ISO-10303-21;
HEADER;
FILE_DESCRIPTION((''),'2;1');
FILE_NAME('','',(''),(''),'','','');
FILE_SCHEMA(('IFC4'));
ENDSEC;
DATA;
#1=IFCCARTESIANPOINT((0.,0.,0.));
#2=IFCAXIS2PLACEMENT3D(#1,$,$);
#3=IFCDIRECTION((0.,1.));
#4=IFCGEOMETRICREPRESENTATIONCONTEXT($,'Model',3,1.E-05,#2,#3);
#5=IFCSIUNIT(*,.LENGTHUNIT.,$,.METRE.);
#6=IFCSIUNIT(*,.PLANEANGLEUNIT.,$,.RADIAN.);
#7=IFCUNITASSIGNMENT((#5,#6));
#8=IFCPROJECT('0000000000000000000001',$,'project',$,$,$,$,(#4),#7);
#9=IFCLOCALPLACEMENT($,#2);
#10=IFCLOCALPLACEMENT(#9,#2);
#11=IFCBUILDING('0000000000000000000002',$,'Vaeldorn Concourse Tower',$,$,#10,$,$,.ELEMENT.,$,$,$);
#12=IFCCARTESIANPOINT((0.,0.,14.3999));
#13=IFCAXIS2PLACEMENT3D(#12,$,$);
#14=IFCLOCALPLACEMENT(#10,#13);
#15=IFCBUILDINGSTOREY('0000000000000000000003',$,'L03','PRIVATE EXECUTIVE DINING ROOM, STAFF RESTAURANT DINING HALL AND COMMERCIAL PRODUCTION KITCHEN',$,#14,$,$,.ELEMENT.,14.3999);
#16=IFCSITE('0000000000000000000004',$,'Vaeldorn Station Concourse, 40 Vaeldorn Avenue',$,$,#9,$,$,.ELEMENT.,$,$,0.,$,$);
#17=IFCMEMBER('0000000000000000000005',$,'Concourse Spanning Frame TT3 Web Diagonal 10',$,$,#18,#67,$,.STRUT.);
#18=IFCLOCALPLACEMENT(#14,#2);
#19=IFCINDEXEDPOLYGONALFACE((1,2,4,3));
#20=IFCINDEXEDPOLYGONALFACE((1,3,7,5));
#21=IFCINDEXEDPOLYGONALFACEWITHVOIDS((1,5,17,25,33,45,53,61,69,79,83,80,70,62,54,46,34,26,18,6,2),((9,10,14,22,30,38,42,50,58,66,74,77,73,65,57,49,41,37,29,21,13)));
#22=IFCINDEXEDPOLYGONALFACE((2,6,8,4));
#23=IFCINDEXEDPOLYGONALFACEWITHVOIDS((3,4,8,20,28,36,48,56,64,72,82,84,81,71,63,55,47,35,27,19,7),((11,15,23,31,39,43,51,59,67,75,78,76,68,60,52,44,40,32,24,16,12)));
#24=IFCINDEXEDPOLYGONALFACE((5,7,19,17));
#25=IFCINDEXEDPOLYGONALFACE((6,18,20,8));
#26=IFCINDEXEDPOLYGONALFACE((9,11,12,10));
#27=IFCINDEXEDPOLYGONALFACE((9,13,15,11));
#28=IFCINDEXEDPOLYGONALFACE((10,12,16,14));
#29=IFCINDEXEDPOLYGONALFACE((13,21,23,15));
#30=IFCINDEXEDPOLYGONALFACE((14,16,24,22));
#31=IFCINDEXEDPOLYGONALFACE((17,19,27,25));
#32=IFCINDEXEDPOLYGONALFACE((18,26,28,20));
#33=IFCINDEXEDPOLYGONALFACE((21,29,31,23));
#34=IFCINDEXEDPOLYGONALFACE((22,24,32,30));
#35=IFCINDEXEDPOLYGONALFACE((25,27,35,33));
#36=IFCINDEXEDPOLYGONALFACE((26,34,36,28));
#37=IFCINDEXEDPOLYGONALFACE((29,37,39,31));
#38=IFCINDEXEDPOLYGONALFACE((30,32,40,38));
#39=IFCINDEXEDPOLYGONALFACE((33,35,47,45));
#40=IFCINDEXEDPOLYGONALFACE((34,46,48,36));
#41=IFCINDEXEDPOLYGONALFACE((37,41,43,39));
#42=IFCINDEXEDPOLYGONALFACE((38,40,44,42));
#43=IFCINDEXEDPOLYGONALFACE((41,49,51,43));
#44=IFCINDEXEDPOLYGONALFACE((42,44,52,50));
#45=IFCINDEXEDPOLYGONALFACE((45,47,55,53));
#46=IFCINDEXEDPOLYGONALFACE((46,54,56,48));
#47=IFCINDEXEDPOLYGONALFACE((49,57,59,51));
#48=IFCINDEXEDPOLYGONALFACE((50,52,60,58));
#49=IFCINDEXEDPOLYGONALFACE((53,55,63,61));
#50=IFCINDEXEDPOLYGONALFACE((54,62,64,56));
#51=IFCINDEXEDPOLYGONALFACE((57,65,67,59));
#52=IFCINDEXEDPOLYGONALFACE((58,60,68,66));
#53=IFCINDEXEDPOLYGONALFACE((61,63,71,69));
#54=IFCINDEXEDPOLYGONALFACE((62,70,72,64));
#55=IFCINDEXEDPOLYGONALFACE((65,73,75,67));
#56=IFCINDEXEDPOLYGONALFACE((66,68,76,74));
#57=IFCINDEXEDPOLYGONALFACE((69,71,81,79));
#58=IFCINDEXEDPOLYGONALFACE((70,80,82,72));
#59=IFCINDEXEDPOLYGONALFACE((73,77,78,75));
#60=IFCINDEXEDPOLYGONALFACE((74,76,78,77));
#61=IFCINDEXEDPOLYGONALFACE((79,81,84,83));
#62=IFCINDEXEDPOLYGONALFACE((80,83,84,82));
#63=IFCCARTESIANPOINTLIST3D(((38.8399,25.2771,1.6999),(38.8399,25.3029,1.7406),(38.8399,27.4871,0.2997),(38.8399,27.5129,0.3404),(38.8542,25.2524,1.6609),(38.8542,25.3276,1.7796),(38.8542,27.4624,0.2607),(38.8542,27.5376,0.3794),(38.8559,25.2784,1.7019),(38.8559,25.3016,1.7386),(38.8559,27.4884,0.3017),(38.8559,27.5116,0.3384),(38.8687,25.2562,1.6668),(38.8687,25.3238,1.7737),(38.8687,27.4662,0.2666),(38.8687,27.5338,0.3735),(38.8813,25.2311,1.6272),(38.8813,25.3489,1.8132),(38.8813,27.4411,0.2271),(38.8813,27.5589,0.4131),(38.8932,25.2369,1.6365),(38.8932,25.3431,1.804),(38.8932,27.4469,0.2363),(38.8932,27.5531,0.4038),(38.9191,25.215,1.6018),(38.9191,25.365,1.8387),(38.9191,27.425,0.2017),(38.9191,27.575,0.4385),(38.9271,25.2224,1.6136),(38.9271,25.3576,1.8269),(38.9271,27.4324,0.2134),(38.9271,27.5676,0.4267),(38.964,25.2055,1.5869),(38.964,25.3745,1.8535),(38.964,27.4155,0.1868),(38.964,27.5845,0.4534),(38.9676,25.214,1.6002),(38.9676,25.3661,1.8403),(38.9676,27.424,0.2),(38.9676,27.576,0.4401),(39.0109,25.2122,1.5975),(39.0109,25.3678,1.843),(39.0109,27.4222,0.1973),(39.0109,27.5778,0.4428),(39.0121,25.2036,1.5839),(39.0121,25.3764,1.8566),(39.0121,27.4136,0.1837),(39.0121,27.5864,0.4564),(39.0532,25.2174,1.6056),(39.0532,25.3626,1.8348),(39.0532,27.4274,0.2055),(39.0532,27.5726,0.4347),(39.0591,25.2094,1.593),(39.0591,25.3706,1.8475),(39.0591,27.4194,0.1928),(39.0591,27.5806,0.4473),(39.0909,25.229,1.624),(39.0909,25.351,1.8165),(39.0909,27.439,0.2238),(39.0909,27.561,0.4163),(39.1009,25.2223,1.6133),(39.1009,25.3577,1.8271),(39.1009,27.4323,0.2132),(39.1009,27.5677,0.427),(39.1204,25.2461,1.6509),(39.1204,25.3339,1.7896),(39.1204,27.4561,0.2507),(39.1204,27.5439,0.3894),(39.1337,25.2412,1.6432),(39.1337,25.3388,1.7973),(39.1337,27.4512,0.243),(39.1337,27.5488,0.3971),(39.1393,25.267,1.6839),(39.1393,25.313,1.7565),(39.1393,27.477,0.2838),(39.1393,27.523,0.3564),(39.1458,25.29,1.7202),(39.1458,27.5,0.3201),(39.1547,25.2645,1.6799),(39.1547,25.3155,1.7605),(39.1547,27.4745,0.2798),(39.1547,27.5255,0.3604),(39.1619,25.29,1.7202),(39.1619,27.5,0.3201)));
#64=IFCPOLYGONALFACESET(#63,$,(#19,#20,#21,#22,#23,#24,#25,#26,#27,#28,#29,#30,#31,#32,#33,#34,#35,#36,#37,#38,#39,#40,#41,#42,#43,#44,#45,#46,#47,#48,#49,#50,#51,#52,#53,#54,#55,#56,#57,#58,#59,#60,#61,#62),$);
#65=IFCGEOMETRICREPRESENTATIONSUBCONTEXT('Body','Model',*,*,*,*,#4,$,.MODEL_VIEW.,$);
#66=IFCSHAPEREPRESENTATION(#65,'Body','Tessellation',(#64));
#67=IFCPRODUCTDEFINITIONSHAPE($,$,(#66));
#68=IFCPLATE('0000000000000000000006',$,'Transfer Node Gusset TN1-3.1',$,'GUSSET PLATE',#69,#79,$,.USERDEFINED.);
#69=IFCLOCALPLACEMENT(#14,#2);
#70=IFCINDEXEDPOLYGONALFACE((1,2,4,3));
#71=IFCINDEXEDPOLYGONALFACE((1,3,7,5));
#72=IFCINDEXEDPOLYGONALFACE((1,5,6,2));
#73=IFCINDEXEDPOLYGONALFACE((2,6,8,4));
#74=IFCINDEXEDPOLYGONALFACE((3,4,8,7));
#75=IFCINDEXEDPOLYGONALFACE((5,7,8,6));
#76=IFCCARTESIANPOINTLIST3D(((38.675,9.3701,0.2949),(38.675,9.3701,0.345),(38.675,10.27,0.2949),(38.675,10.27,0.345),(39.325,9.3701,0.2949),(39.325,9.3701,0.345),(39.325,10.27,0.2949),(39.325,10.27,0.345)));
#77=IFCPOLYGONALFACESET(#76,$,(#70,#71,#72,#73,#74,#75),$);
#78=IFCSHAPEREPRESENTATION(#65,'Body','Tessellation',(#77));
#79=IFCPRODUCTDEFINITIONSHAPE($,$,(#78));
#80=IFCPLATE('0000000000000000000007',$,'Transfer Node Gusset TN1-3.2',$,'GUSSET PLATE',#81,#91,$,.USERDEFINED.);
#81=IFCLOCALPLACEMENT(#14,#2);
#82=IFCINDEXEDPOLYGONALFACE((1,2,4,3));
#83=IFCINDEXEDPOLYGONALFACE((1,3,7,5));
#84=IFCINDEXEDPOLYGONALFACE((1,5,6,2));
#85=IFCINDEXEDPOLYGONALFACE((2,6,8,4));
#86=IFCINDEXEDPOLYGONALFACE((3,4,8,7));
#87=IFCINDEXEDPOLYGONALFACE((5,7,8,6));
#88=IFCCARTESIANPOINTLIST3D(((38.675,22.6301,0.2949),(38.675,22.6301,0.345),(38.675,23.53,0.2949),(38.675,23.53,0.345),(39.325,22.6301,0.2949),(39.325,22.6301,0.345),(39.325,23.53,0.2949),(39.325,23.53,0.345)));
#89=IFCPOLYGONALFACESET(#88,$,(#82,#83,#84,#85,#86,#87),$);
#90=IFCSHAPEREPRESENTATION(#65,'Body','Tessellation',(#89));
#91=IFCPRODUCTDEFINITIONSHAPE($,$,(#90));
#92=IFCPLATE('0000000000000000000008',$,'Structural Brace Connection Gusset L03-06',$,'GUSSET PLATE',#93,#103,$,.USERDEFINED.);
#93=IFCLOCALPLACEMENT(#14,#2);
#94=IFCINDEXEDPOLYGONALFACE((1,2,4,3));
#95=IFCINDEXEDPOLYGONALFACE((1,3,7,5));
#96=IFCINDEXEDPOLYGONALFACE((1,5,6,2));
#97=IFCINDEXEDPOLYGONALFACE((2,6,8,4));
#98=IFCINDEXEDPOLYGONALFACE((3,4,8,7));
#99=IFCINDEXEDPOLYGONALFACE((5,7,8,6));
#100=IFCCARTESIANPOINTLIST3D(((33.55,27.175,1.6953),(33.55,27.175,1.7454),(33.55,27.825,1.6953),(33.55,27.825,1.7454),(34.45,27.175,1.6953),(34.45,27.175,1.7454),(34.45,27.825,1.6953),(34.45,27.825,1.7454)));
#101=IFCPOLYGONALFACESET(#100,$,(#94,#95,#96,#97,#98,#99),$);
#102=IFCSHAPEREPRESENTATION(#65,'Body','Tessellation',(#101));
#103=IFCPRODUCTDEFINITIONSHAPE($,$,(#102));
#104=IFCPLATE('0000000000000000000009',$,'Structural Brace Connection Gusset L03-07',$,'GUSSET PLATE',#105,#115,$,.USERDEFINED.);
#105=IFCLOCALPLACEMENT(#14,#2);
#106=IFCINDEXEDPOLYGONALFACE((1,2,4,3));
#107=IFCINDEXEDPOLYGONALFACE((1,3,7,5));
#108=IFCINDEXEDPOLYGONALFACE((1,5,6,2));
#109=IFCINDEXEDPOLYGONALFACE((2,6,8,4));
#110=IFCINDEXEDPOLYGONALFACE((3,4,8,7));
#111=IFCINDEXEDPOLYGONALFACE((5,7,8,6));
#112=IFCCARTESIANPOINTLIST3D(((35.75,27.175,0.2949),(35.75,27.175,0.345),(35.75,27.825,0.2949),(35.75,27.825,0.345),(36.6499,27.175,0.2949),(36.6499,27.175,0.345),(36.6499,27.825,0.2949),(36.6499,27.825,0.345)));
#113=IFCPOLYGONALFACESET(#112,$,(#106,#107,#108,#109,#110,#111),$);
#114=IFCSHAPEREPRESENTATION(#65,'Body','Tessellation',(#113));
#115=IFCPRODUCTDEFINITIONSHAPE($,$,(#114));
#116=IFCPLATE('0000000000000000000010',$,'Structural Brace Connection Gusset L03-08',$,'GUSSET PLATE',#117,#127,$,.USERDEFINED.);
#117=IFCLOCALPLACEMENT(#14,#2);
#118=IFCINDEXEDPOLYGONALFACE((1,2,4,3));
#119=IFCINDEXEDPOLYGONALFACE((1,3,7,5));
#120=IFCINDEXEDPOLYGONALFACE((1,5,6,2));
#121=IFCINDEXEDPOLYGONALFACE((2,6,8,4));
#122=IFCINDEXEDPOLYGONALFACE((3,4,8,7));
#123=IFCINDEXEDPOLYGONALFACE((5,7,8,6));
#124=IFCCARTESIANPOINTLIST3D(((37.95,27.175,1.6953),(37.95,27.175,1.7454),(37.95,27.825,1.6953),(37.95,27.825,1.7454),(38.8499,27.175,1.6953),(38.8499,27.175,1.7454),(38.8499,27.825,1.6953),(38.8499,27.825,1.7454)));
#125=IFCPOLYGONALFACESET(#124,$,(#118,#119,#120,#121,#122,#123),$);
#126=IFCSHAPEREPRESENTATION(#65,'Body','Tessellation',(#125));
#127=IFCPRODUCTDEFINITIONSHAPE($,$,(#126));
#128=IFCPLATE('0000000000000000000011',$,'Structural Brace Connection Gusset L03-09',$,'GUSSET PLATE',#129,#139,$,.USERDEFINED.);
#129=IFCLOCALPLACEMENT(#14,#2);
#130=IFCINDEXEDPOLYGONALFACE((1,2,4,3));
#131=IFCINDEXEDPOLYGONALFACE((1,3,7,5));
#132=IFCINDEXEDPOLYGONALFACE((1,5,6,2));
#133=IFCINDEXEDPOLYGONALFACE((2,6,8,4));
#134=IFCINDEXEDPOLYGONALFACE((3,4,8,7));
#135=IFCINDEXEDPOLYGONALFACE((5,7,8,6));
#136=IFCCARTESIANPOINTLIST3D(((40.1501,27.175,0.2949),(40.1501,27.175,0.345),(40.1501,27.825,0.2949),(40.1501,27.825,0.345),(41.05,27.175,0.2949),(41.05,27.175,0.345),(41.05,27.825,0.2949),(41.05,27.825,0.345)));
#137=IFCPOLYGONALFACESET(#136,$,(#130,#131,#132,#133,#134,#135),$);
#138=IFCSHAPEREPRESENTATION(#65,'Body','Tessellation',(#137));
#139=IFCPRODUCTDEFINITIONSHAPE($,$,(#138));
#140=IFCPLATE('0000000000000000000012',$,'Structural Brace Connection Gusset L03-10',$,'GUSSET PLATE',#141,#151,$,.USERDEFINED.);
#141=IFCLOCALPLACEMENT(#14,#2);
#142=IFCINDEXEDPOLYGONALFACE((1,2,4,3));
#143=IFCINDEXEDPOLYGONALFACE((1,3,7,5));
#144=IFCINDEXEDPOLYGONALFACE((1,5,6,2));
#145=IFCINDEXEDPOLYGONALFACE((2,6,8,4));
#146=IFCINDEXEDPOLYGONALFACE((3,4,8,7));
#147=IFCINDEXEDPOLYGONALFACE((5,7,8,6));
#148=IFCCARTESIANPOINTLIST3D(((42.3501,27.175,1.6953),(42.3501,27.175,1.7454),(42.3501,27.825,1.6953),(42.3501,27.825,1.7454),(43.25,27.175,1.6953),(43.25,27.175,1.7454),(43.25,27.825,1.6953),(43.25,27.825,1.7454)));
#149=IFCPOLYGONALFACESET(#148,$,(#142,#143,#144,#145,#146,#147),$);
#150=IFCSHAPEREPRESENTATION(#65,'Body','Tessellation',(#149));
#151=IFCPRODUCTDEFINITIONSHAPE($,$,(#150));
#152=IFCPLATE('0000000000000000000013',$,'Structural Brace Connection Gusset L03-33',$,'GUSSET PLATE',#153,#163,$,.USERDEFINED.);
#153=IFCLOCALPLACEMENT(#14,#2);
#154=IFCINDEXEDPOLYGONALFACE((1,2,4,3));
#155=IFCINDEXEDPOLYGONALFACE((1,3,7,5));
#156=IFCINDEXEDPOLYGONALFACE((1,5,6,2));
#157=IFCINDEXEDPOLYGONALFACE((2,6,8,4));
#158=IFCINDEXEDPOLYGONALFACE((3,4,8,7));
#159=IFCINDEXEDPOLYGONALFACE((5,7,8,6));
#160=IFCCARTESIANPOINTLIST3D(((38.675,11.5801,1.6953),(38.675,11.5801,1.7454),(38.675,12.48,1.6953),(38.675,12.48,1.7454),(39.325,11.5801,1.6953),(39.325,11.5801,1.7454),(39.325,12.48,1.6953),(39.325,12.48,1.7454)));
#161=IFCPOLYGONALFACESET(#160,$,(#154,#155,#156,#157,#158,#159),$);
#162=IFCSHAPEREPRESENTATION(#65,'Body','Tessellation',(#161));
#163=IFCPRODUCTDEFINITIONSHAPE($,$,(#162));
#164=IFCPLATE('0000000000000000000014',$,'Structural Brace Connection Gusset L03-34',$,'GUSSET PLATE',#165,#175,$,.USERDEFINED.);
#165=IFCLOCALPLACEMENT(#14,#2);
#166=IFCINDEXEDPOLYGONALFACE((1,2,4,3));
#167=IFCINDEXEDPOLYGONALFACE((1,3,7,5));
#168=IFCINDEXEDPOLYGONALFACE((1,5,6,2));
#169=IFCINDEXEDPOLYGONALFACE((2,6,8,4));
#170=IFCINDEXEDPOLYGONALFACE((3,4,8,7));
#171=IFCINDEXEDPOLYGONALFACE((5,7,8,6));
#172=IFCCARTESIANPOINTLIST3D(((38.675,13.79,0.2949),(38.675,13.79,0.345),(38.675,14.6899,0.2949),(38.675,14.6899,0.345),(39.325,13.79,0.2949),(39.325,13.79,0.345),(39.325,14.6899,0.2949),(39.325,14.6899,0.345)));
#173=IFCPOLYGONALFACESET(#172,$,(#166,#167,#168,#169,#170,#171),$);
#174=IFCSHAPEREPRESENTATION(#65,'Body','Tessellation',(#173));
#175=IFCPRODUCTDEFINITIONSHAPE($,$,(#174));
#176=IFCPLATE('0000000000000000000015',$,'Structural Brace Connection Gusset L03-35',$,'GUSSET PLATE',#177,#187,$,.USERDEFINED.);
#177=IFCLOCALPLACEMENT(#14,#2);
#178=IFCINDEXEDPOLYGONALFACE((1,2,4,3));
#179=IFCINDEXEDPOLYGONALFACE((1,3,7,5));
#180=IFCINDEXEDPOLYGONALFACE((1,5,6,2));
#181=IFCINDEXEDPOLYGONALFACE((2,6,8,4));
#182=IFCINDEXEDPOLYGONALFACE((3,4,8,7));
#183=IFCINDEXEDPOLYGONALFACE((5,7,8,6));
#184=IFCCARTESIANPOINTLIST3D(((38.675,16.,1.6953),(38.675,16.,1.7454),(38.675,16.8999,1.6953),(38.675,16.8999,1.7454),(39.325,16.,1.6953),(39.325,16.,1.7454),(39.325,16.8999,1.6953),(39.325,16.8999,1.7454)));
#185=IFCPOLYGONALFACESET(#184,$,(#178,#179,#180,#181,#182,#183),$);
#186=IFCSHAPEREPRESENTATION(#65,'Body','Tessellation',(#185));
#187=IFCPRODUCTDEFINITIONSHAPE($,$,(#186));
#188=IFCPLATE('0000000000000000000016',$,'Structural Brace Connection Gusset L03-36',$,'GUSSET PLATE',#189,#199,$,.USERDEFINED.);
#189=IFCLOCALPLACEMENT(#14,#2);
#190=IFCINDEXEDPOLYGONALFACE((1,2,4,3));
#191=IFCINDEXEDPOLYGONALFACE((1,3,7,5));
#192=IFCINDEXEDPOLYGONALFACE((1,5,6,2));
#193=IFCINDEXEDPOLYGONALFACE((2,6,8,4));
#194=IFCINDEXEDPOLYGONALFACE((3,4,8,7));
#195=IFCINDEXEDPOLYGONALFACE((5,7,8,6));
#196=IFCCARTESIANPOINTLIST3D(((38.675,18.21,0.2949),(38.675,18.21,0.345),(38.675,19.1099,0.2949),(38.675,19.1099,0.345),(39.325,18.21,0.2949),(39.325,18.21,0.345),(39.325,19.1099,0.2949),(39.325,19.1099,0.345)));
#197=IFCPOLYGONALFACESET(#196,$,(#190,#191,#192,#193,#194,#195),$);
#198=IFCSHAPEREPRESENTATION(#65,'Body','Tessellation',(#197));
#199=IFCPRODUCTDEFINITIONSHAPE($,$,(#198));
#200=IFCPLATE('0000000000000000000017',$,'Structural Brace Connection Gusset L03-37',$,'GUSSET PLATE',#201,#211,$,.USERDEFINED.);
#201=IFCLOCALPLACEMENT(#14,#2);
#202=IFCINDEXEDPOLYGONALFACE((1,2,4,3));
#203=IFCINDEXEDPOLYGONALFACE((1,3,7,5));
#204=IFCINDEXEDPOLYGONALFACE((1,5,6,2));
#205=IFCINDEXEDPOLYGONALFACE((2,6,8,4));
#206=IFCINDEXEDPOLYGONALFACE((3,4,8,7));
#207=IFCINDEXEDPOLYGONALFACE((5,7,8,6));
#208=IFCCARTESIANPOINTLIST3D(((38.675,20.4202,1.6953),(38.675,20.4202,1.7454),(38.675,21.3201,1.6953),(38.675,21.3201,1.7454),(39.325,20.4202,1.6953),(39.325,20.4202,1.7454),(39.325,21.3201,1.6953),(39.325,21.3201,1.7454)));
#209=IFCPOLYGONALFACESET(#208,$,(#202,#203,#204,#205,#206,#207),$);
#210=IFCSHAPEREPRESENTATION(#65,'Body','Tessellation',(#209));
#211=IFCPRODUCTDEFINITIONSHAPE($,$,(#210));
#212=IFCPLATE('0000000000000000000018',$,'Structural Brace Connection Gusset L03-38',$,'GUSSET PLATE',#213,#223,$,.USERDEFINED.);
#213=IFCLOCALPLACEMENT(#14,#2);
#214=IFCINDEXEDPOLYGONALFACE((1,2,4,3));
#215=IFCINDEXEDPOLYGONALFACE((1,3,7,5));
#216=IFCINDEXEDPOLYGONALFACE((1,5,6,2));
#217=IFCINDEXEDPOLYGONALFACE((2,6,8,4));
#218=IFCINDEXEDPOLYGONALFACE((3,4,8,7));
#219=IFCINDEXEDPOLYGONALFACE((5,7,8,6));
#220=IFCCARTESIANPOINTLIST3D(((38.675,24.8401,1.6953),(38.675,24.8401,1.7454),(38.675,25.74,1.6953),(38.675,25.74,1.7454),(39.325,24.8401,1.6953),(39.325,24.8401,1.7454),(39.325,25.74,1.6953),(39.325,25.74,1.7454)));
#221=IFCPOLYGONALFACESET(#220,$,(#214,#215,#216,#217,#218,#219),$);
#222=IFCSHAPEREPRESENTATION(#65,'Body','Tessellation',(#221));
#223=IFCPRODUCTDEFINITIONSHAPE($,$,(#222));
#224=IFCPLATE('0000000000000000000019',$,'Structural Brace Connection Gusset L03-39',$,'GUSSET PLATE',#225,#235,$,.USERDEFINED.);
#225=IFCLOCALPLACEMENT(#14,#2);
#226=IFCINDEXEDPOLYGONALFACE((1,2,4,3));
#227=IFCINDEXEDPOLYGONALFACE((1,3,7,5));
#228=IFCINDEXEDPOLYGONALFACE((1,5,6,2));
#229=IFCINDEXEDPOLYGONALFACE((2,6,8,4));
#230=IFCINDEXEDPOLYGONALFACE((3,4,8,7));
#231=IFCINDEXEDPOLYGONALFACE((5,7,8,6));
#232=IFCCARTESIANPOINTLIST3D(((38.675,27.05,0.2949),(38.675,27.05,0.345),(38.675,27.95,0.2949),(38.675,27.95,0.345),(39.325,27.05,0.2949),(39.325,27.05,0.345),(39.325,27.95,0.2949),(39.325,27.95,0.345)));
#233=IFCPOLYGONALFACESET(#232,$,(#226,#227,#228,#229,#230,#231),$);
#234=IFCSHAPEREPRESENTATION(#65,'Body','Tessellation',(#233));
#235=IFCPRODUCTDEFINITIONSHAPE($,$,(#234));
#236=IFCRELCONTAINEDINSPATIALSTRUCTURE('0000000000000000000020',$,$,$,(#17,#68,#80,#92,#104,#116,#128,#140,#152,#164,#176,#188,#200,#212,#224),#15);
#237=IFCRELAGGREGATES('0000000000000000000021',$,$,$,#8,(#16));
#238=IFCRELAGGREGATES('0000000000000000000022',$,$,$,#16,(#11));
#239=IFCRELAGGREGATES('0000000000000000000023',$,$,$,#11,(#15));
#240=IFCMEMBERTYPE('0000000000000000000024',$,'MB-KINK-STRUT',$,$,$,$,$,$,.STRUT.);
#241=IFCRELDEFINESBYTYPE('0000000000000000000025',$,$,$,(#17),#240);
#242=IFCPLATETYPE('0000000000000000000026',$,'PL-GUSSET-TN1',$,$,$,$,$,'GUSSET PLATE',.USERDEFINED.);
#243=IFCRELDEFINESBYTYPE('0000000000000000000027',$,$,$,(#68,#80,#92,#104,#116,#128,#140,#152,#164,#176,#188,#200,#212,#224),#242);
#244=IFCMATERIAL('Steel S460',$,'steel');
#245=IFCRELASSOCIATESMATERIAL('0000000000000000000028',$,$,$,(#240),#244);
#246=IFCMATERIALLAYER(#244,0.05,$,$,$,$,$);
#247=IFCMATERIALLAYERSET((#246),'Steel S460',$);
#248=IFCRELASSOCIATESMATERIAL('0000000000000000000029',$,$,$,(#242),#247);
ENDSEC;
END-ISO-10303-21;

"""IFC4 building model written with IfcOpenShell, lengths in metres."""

from ifc_helpers import new_model, si_unit, direction, frame, origin, origin_2d, place, context, subcontext, project, spatial, rectangle, hollow_circle, extrude, source, transform, mapped, material, layer, layer_set, material_profile, profile_set, type_object, element, save


model = new_model("IFC4")

# Units and contexts
model_context = context("Model", 3, precision=1e-05, world=origin(), true_north=direction((0.0, 1.0)))
body_context = subcontext(model_context, "Body", "Model", "MODEL_VIEW")
ifc_project = project(units=[si_unit("LENGTHUNIT", "METRE"), si_unit("PLANEANGLEUNIT", "RADIAN")], contexts=[model_context])

# Site, building, storey
site_placement = place(None, origin())
site = spatial("IfcSite", under=ifc_project, at=site_placement, Name="Vaeldorn Station Concourse, 40 Vaeldorn Avenue", CompositionType="ELEMENT", RefElevation=0.0)
building_placement = place(site_placement, origin())
building = spatial("IfcBuilding", under=site, at=building_placement, Name="Vaeldorn Concourse Tower", CompositionType="ELEMENT")
storey_placement = place(building_placement, frame((0.0, 0.0, 14.3999)))
storey = spatial("IfcBuildingStorey", under=building, at=storey_placement, Name="L03", Description="PRIVATE EXECUTIVE DINING ROOM, STAFF RESTAURANT DINING HALL AND COMMERCIAL PRODUCTION KITCHEN", CompositionType="ELEMENT", Elevation=14.3999)

# Shared definitions
ifc_material = material(Name="Steel S460", Category="steel")

# Member
ifc_material_profile_1 = material_profile(ifc_material, hollow_circle(Radius=0.1619, WallThickness=0.0161, at=origin_2d()), Name="CHS 323.9x16")
ifc_profile_set_1 = profile_set([ifc_material_profile_1], Name="Steel S460")
member_type = type_object("IfcMemberType", Name="MB-KINK-STRUT", PredefinedType="STRUT", material=ifc_profile_set_1)
shared_shape_1 = source(origin(), body_context, "Body", "SweptSolid", [
    extrude(hollow_circle(Radius=0.1619, WallThickness=0.0161, at=origin_2d()), origin(), (0.0, 0.0, 1.0), 2.6162),
])
for number, where, z_axis, x_axis, name in (
    (1, (39.0, 27.5, 0.3201), (0.0, -0.844732, 0.53519), (1.0, 0.0, 0.0), "Concourse Spanning Frame TT3 Web Diagonal 10"),
):
    element("IfcMember", number, at=place(storey_placement, frame(where, z_axis=z_axis, x_axis=x_axis)), inside=storey, type_object=member_type, Name=name, PredefinedType="STRUT", context=body_context, shape_type="MappedRepresentation", body=[
        mapped(shared_shape_1, transform((0.0, 0.0, 0.0), scale=1.0)),
    ])

# Plates
ifc_layer = layer(ifc_material, 0.05)
ifc_layer_set = layer_set([ifc_layer], Name="Steel S460")
plate_type = type_object("IfcPlateType", Name="PL-GUSSET-TN1", ElementType="GUSSET PLATE", PredefinedType="USERDEFINED", material=ifc_layer_set)
shared_shape_2 = source(origin(), body_context, "Body", "SweptSolid", [
    extrude(rectangle(XDim=0.8999, YDim=0.6499, at=origin_2d()), origin(), (0.0, 0.0, 1.0), 0.05),
])
for number, where, z_axis, x_axis, name in (
    (2, (39.0, 9.8201, 0.2949), (0.0, 0.0, 1.0), (0.0, 1.0, 0.0), "Transfer Node Gusset TN1-3.1"),
    (3, (39.0, 23.0801, 0.2949), (0.0, 0.0, 1.0), (0.0, 1.0, 0.0), "Transfer Node Gusset TN1-3.2"),
    (4, (34.0, 27.5, 1.6953), (0.0, 0.0, 1.0), (1.0, 0.0, 0.0), "Structural Brace Connection Gusset L03-06"),
    (5, (36.2, 27.5, 0.2949), (0.0, 0.0, 1.0), (1.0, 0.0, 0.0), "Structural Brace Connection Gusset L03-07"),
    (6, (38.3999, 27.5, 1.6953), (0.0, 0.0, 1.0), (1.0, 0.0, 0.0), "Structural Brace Connection Gusset L03-08"),
    (7, (40.6001, 27.5, 0.2949), (0.0, 0.0, 1.0), (1.0, 0.0, 0.0), "Structural Brace Connection Gusset L03-09"),
    (8, (42.8, 27.5, 1.6953), (0.0, 0.0, 1.0), (1.0, 0.0, 0.0), "Structural Brace Connection Gusset L03-10"),
    (9, (39.0, 12.03, 1.6953), (0.0, 0.0, 1.0), (0.0, 1.0, 0.0), "Structural Brace Connection Gusset L03-33"),
    (10, (39.0, 14.24, 0.2949), (0.0, 0.0, 1.0), (0.0, 1.0, 0.0), "Structural Brace Connection Gusset L03-34"),
    (11, (39.0, 16.45, 1.6953), (0.0, 0.0, 1.0), (0.0, 1.0, 0.0), "Structural Brace Connection Gusset L03-35"),
    (12, (39.0, 18.6599, 0.2949), (0.0, 0.0, 1.0), (0.0, 1.0, 0.0), "Structural Brace Connection Gusset L03-36"),
    (13, (39.0, 20.8701, 1.6953), (0.0, 0.0, 1.0), (0.0, 1.0, 0.0), "Structural Brace Connection Gusset L03-37"),
    (14, (39.0, 25.29, 1.6953), (0.0, 0.0, 1.0), (0.0, 1.0, 0.0), "Structural Brace Connection Gusset L03-38"),
    (15, (39.0, 27.5, 0.2949), (0.0, 0.0, 1.0), (0.0, 1.0, 0.0), "Structural Brace Connection Gusset L03-39"),
):
    element("IfcPlate", number, at=place(storey_placement, frame(where, z_axis=z_axis, x_axis=x_axis)), inside=storey, type_object=plate_type, Name=name, ObjectType="GUSSET PLATE", PredefinedType="USERDEFINED", context=body_context, shape_type="MappedRepresentation", body=[
        mapped(shared_shape_2, transform((0.0, 0.0, 0.0), scale=1.0)),
    ])

save(model, "model.ifc")
